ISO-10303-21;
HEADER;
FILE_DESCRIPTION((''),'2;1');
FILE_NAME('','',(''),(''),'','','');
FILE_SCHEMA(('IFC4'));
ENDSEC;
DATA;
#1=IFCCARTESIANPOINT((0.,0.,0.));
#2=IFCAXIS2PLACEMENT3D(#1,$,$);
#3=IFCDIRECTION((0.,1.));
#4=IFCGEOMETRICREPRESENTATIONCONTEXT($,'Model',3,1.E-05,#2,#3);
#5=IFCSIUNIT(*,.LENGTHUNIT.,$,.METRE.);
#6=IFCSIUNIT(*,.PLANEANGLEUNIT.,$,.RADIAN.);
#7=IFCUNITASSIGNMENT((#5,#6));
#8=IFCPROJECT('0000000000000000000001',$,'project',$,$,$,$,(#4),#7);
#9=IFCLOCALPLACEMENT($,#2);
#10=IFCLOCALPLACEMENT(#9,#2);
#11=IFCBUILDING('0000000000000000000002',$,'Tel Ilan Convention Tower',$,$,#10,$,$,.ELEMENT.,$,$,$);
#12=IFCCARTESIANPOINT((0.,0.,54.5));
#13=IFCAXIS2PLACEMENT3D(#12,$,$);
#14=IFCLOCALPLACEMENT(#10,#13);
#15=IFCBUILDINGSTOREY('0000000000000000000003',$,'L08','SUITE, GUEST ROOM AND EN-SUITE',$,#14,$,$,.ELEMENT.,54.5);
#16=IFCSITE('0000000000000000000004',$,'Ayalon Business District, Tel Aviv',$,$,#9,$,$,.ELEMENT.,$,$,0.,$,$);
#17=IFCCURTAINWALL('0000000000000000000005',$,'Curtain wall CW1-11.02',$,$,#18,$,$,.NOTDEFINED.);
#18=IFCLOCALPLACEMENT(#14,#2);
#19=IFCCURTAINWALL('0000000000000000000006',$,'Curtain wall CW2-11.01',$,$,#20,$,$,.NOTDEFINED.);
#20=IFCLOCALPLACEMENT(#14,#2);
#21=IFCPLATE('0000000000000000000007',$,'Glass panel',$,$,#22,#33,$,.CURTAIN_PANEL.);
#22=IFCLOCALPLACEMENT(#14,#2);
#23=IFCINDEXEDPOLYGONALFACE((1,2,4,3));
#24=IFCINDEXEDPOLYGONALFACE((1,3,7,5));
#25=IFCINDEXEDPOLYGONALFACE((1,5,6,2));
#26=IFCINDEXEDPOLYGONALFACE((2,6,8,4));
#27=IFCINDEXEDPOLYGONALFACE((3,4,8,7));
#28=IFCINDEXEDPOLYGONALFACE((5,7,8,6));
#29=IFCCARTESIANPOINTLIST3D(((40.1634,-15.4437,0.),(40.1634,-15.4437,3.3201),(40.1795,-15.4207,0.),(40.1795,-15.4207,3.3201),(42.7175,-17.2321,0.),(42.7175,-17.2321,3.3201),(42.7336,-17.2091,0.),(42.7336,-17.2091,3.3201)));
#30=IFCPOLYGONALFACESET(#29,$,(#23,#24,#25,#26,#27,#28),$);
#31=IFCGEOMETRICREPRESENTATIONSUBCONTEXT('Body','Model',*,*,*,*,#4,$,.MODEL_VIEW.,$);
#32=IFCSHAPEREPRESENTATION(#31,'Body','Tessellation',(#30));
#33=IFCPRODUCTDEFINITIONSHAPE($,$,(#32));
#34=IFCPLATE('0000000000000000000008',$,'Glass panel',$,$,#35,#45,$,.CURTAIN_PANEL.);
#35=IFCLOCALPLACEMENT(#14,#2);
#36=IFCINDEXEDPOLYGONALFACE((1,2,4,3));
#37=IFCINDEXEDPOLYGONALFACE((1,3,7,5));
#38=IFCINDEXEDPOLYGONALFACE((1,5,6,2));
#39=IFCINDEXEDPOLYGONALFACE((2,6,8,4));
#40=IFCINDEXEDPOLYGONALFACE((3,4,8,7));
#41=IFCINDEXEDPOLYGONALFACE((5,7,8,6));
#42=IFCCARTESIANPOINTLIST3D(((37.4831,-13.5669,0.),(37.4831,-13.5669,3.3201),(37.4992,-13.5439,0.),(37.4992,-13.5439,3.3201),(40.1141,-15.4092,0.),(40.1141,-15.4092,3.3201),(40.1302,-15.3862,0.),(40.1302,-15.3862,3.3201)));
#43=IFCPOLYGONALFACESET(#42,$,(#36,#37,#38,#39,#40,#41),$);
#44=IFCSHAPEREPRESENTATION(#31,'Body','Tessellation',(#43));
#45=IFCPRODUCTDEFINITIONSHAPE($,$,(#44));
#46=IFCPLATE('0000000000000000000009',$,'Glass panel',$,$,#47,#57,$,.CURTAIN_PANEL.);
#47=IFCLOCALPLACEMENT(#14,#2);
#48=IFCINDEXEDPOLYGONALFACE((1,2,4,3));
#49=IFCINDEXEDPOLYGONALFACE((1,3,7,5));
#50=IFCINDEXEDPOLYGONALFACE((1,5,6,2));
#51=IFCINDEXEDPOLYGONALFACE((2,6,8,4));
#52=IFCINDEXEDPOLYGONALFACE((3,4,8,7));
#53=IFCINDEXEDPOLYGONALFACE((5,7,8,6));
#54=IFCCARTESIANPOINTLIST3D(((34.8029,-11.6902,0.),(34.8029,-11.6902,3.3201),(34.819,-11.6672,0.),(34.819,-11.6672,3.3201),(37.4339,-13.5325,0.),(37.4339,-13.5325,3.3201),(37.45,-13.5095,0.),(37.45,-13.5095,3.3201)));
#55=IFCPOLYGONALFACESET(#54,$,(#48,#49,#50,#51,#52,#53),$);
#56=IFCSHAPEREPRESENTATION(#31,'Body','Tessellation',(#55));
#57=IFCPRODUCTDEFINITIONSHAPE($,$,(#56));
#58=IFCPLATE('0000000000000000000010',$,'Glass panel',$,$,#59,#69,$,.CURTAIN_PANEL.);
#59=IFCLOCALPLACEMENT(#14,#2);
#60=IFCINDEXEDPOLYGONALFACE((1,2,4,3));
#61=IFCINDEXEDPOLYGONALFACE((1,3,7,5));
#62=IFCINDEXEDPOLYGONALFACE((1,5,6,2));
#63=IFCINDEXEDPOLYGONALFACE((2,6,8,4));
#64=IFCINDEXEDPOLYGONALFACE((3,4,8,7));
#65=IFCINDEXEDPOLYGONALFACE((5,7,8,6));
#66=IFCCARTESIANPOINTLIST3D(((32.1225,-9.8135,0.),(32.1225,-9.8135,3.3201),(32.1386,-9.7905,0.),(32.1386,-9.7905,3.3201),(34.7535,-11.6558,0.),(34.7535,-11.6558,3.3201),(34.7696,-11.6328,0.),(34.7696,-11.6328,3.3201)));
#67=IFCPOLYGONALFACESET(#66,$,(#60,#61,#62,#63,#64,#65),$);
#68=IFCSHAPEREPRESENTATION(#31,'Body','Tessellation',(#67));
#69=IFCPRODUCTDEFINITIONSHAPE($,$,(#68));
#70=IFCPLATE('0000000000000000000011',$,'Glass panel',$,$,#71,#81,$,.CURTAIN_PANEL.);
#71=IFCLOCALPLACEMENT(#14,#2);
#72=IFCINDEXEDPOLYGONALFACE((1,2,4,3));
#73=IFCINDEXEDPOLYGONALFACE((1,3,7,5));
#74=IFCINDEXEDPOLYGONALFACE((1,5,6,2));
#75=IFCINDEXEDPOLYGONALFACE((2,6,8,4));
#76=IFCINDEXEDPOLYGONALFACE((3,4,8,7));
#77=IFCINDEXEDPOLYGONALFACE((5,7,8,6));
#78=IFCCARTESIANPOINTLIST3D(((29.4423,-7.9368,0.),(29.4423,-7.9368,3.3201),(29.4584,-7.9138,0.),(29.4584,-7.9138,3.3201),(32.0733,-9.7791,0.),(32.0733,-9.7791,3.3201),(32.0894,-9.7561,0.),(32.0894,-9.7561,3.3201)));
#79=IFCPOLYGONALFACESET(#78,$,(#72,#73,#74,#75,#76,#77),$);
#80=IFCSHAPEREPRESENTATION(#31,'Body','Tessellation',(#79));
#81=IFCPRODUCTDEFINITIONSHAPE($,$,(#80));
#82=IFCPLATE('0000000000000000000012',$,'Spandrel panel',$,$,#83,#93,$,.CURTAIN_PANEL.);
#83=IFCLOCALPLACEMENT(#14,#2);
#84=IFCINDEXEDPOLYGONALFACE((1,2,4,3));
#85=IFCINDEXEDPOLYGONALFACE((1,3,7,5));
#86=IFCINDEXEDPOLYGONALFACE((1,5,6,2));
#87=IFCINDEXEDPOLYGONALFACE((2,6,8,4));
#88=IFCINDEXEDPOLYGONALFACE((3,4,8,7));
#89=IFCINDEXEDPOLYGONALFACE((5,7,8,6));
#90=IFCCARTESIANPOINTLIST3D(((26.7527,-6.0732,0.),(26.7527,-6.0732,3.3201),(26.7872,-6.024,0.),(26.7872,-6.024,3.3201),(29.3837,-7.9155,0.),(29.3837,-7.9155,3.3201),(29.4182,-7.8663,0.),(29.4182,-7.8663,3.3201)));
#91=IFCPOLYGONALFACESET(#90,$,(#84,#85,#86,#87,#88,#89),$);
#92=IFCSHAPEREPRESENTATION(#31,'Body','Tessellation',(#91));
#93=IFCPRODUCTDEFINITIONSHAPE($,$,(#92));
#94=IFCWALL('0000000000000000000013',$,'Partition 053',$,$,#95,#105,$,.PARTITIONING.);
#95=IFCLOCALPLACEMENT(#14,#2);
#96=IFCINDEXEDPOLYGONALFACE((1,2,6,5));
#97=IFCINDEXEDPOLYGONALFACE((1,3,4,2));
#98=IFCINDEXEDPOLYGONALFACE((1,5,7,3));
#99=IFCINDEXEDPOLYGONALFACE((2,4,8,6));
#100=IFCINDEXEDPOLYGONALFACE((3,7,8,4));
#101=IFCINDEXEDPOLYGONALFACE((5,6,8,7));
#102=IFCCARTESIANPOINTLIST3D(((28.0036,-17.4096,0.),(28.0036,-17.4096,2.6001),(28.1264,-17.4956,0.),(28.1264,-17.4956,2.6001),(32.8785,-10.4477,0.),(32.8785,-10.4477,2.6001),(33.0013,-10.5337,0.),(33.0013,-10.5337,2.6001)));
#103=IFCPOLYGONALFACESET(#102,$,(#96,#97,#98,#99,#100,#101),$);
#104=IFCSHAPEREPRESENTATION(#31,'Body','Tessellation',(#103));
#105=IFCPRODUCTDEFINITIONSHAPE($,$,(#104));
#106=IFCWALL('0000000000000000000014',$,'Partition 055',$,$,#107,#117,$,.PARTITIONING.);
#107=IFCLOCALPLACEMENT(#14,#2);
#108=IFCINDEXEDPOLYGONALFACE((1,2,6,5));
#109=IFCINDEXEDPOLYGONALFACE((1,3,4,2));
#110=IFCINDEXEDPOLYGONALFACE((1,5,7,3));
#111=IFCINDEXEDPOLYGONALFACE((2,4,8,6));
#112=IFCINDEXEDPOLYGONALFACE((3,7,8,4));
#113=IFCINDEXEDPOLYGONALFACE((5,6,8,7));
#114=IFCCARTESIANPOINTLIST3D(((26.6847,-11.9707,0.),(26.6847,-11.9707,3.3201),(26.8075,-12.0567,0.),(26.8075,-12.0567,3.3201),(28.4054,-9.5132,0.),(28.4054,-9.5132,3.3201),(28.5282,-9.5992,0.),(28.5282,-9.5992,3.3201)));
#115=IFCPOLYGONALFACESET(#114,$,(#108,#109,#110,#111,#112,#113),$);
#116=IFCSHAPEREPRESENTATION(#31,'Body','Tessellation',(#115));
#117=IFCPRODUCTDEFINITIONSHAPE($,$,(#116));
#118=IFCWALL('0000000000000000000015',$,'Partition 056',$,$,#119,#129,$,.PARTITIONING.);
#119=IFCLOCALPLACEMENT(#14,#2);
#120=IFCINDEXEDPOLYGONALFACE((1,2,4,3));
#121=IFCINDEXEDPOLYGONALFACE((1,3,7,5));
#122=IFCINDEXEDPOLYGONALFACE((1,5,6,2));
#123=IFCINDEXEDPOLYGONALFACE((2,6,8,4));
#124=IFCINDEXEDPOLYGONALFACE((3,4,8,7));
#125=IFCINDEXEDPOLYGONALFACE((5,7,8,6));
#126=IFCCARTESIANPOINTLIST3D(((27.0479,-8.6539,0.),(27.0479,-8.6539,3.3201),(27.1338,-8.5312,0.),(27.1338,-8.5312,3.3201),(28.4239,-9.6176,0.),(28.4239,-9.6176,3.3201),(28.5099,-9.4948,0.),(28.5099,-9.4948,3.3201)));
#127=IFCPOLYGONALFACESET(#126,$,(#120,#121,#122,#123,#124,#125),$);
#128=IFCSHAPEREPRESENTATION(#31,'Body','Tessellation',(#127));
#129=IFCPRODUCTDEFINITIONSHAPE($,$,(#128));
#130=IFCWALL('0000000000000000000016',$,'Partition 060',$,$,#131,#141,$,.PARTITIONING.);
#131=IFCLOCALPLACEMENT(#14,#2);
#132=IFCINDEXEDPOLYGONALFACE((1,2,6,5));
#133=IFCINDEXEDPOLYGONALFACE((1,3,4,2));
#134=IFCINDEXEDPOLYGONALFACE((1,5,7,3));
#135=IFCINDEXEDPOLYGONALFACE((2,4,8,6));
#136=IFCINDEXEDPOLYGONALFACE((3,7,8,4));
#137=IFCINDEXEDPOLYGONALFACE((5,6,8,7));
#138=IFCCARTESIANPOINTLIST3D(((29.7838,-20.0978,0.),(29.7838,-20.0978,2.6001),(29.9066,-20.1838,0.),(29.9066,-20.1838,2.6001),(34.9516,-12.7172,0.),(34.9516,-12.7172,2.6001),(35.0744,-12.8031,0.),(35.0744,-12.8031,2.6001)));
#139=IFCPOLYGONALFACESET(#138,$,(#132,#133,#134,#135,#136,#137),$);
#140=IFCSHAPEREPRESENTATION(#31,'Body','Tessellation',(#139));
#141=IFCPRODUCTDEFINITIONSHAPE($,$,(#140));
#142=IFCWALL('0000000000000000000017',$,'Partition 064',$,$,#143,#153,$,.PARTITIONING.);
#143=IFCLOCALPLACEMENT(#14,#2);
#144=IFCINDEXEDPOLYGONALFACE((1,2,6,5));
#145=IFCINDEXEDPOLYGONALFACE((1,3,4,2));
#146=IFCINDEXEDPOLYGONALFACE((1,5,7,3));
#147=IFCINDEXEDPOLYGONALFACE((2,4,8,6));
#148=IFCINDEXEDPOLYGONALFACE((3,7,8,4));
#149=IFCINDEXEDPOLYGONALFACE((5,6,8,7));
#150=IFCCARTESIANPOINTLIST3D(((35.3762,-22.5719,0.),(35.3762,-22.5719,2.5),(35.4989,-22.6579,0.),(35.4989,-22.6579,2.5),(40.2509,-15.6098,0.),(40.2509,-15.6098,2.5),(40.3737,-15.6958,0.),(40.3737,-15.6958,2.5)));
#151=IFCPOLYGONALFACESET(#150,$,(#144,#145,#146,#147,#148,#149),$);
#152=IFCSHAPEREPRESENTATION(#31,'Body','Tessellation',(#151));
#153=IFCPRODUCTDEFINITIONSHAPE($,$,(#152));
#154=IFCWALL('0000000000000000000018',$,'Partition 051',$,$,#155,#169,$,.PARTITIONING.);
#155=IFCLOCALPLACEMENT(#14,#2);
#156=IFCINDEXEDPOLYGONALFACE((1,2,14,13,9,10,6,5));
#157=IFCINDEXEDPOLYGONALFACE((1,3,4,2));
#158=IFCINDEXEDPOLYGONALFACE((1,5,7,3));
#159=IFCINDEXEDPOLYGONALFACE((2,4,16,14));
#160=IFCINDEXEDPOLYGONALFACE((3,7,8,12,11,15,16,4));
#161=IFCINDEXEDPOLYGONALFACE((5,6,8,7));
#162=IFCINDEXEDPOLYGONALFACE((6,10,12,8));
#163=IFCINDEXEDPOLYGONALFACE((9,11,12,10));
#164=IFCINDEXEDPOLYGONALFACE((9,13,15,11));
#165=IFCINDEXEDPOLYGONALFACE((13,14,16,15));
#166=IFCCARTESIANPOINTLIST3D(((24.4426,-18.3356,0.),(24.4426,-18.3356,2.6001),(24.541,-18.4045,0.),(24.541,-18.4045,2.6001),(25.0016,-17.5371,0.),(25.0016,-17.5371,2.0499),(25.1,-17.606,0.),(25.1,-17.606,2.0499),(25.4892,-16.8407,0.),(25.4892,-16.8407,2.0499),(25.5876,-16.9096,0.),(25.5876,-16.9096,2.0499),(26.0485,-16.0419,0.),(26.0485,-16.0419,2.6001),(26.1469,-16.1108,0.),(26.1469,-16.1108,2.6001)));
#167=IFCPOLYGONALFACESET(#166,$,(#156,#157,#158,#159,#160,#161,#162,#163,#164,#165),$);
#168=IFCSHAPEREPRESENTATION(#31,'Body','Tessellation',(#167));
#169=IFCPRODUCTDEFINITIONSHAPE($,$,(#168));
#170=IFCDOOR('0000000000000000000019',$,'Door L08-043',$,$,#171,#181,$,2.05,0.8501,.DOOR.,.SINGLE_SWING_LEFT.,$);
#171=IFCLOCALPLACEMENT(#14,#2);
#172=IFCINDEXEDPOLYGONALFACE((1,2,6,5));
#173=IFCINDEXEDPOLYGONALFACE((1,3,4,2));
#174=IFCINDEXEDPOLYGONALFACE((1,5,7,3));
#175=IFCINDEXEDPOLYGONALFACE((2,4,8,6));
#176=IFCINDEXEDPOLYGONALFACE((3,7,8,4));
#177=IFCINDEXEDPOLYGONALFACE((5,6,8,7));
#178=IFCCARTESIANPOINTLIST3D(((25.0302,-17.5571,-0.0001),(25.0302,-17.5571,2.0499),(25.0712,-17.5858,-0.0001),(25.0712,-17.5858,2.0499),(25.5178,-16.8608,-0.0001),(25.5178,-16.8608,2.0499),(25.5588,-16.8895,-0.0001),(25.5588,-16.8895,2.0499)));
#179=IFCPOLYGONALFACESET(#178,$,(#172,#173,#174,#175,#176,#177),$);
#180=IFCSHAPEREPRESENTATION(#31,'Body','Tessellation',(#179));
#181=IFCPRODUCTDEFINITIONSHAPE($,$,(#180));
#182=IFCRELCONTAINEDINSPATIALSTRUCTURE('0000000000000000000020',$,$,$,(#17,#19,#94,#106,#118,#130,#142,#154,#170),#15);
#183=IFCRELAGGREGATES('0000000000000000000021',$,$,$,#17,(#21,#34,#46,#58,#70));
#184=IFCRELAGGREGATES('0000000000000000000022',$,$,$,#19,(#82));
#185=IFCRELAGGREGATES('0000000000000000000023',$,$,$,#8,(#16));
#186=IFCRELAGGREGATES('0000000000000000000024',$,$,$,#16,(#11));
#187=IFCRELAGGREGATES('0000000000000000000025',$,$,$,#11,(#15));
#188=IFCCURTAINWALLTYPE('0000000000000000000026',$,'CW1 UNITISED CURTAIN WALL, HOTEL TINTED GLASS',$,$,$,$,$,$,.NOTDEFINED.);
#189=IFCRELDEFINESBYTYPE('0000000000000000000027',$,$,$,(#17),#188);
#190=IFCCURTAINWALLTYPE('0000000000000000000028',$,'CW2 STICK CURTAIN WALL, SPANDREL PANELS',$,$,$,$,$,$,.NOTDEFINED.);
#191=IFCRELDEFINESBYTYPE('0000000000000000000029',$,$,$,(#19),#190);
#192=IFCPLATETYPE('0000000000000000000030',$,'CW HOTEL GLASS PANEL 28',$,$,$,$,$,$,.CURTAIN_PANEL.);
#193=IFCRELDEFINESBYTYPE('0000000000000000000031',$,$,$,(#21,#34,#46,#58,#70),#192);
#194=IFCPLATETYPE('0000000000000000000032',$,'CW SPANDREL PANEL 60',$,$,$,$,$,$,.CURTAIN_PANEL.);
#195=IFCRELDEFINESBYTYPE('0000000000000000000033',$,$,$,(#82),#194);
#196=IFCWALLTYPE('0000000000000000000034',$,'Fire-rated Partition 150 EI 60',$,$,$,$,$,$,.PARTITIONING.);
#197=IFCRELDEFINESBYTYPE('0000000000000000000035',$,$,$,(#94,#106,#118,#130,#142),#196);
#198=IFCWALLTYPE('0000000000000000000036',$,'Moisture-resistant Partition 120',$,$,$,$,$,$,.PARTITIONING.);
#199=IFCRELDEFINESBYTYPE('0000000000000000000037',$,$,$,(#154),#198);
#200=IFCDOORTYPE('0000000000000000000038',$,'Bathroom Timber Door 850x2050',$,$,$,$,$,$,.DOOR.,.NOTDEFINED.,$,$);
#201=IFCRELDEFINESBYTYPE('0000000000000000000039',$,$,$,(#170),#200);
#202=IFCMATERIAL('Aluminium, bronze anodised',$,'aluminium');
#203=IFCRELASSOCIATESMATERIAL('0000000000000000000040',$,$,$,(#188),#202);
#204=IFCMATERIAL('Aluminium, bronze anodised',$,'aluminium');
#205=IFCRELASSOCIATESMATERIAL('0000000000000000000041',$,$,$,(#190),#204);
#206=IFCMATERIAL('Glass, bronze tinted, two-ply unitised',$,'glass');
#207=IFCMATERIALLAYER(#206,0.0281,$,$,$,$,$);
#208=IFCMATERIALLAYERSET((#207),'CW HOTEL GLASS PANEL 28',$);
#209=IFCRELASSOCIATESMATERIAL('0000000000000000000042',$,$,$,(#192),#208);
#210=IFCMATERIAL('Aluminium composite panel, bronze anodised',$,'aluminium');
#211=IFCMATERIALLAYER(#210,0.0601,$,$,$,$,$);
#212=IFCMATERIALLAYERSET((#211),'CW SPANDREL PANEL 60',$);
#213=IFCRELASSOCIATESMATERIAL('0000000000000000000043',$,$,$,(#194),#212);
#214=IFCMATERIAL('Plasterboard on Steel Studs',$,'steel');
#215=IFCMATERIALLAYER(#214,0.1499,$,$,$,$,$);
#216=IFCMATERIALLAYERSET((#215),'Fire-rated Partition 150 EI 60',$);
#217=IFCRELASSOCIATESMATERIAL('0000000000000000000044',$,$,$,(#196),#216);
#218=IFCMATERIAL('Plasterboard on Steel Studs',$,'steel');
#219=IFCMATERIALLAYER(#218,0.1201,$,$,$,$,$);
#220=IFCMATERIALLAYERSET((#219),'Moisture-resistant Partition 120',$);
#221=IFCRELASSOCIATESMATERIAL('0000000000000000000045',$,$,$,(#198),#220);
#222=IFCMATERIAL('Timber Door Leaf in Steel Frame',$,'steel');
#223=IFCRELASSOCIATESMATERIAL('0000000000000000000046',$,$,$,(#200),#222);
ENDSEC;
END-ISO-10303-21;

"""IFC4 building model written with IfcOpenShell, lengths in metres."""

from ifc_helpers import new_model, si_unit, direction, frame, frame_2d, origin, origin_2d, place, context, subcontext, project, spatial, rectangle, extrude, material, layer, layer_set, type_object, element, fill, aggregate, save


model = new_model("IFC4")

# Units and contexts
model_context = context("Model", 3, precision=1e-05, world=origin(), true_north=direction((0.0, 1.0)))
body_context = subcontext(model_context, "Body", "Model", "MODEL_VIEW")
ifc_project = project(units=[si_unit("LENGTHUNIT", "METRE"), si_unit("PLANEANGLEUNIT", "RADIAN")], contexts=[model_context])

# Site, building, storey
site_placement = place(None, origin())
site = spatial("IfcSite", under=ifc_project, at=site_placement, Name="Ayalon Business District, Tel Aviv", CompositionType="ELEMENT", RefElevation=0.0)
building_placement = place(site_placement, origin())
building = spatial("IfcBuilding", under=site, at=building_placement, Name="Tel Ilan Convention Tower", CompositionType="ELEMENT")
storey_placement = place(building_placement, frame((0.0, 0.0, 54.5)))
storey = spatial("IfcBuildingStorey", under=building, at=storey_placement, Name="L08", Description="SUITE, GUEST ROOM AND EN-SUITE", CompositionType="ELEMENT", Elevation=54.5)

# Curtain wall
ifc_material_1 = material(Name="Aluminium, bronze anodised", Category="aluminium")
curtain_wall_type_1 = type_object("IfcCurtainWallType", Name="CW1 UNITISED CURTAIN WALL, HOTEL TINTED GLASS", PredefinedType="NOTDEFINED", material=ifc_material_1)
curtain_wall_1_placement = place(storey_placement, origin())
curtain_wall_1 = element("IfcCurtainWall", 1, at=curtain_wall_1_placement, inside=storey, type_object=curtain_wall_type_1, Name="Curtain wall CW1-11.02", PredefinedType="NOTDEFINED")

# Curtain wall
ifc_material_2 = material(Name="Aluminium, bronze anodised", Category="aluminium")
curtain_wall_type_2 = type_object("IfcCurtainWallType", Name="CW2 STICK CURTAIN WALL, SPANDREL PANELS", PredefinedType="NOTDEFINED", material=ifc_material_2)
curtain_wall_2_placement = place(storey_placement, origin())
curtain_wall_2 = element("IfcCurtainWall", 2, at=curtain_wall_2_placement, inside=storey, type_object=curtain_wall_type_2, Name="Curtain wall CW2-11.01", PredefinedType="NOTDEFINED")

# Plates
ifc_material_3 = material(Name="Glass, bronze tinted, two-ply unitised", Category="glass")
ifc_layer_1 = layer(ifc_material_3, 0.0281)
ifc_layer_set_1 = layer_set([ifc_layer_1], Name="CW HOTEL GLASS PANEL 28")
plate_type_1 = type_object("IfcPlateType", Name="CW HOTEL GLASS PANEL 28", PredefinedType="CURTAIN_PANEL", material=ifc_layer_set_1)
plate_1_placement = place(storey_placement, frame((41.4485, -16.3264, 0.0), z_axis=(0.0, 0.0, 1.0), x_axis=(-0.819152, 0.573576, 0.0)))
plate_1 = element("IfcPlate", 3, at=plate_1_placement, type_object=plate_type_1, Name="Glass panel", PredefinedType="CURTAIN_PANEL", context=body_context, shape_type="SweptSolid", body=[
    extrude(rectangle(XDim=3.1179, YDim=0.0281, at=origin_2d()), origin(), (0.0, 0.0, 1.0), 3.3201),
])
plate_2_placement = place(storey_placement, frame((38.8066, -14.4766, 0.0), z_axis=(0.0, 0.0, 1.0), x_axis=(-0.819152, 0.573576, 0.0)))
plate_2 = element("IfcPlate", 4, at=plate_2_placement, type_object=plate_type_1, Name="Glass panel", PredefinedType="CURTAIN_PANEL", context=body_context, shape_type="SweptSolid", body=[
    extrude(rectangle(XDim=3.2119, YDim=0.0281, at=origin_2d()), origin(), (0.0, 0.0, 1.0), 3.3201),
])
plate_3_placement = place(storey_placement, frame((36.1265, -12.5999, 0.0), z_axis=(0.0, 0.0, 1.0), x_axis=(-0.819152, 0.573576, 0.0)))
plate_3 = element("IfcPlate", 5, at=plate_3_placement, type_object=plate_type_1, Name="Glass panel", PredefinedType="CURTAIN_PANEL", context=body_context, shape_type="SweptSolid", body=[
    extrude(rectangle(XDim=3.2119, YDim=0.0281, at=origin_2d()), origin(), (0.0, 0.0, 1.0), 3.3201),
])
plate_4_placement = place(storey_placement, frame((33.446, -10.7231, 0.0), z_axis=(0.0, 0.0, 1.0), x_axis=(-0.819152, 0.573576, 0.0)))
plate_4 = element("IfcPlate", 6, at=plate_4_placement, type_object=plate_type_1, Name="Glass panel", PredefinedType="CURTAIN_PANEL", context=body_context, shape_type="SweptSolid", body=[
    extrude(rectangle(XDim=3.2119, YDim=0.0281, at=origin_2d()), origin(), (0.0, 0.0, 1.0), 3.3201),
])
plate_5_placement = place(storey_placement, frame((30.7659, -8.8464, 0.0), z_axis=(0.0, 0.0, 1.0), x_axis=(-0.819152, 0.573576, 0.0)))
plate_5 = element("IfcPlate", 7, at=plate_5_placement, type_object=plate_type_1, Name="Glass panel", PredefinedType="CURTAIN_PANEL", context=body_context, shape_type="SweptSolid", body=[
    extrude(rectangle(XDim=3.2119, YDim=0.0281, at=origin_2d()), origin(), (0.0, 0.0, 1.0), 3.3201),
])
aggregate(curtain_wall_1, [plate_1, plate_2, plate_3, plate_4, plate_5])
ifc_material_4 = material(Name="Aluminium composite panel, bronze anodised", Category="aluminium")
ifc_layer_2 = layer(ifc_material_4, 0.0601)
ifc_layer_set_2 = layer_set([ifc_layer_2], Name="CW SPANDREL PANEL 60")
plate_type_2 = type_object("IfcPlateType", Name="CW SPANDREL PANEL 60", PredefinedType="CURTAIN_PANEL", material=ifc_layer_set_2)
plate_6_placement = place(storey_placement, frame((28.0854, -6.9697, 0.0), z_axis=(0.0, 0.0, 1.0), x_axis=(-0.819152, 0.573576, 0.0)))
plate_6 = element("IfcPlate", 8, at=plate_6_placement, type_object=plate_type_2, Name="Spandrel panel", PredefinedType="CURTAIN_PANEL", context=body_context, shape_type="SweptSolid", body=[
    extrude(rectangle(XDim=3.2119, YDim=0.0601, at=origin_2d()), origin(), (0.0, 0.0, 1.0), 3.3201),
])
aggregate(curtain_wall_2, [plate_6])

# Walls
ifc_material_5 = material(Name="Plasterboard on Steel Studs", Category="steel")
ifc_layer_3 = layer(ifc_material_5, 0.1499)
ifc_layer_set_3 = layer_set([ifc_layer_3], Name="Fire-rated Partition 150 EI 60")
wall_type_1 = type_object("IfcWallType", Name="Fire-rated Partition 150 EI 60", PredefinedType="PARTITIONING", material=ifc_layer_set_3)
wall_1_placement = place(storey_placement, frame((32.9399, -10.4907, 0.0), z_axis=(0.0, 0.0, 1.0), x_axis=(-0.573593, -0.81914, 0.0)))
element("IfcWall", 9, at=wall_1_placement, inside=storey, type_object=wall_type_1, Name="Partition 053", PredefinedType="PARTITIONING", context=body_context, shape_type="SweptSolid", body=[
    extrude(rectangle(XDim=8.499, YDim=0.1499, at=frame_2d((4.2495, 0.0))), origin(), (0.0, 0.0, 1.0), 2.6001),
])
wall_2_placement = place(storey_placement, frame((26.7461, -12.0137, 0.0), z_axis=(0.0, 0.0, 1.0), x_axis=(0.573561, 0.819163, 0.0)))
element("IfcWall", 10, at=wall_2_placement, inside=storey, type_object=wall_type_1, Name="Partition 055", PredefinedType="PARTITIONING", context=body_context, shape_type="SweptSolid", body=[
    extrude(rectangle(XDim=3.0, YDim=0.1499, at=frame_2d((1.5, 0.0))), origin(), (0.0, 0.0, 1.0), 3.3201),
])
wall_3_placement = place(storey_placement, frame((28.4668, -9.5562, 0.0), z_axis=(0.0, 0.0, 1.0), x_axis=(-0.819109, 0.573638, 0.0)))
element("IfcWall", 11, at=wall_3_placement, inside=storey, type_object=wall_type_1, Name="Partition 056", PredefinedType="PARTITIONING", context=body_context, shape_type="SweptSolid", body=[
    extrude(rectangle(XDim=1.6799, YDim=0.1499, at=frame_2d((0.8398, 0.0))), origin(), (0.0, 0.0, 1.0), 3.3201),
])
wall_4_placement = place(storey_placement, frame((35.0129, -12.7603, 0.0), z_axis=(0.0, 0.0, 1.0), x_axis=(-0.573559, -0.819164, 0.0)))
element("IfcWall", 12, at=wall_4_placement, inside=storey, type_object=wall_type_1, Name="Partition 060", PredefinedType="PARTITIONING", context=body_context, shape_type="SweptSolid", body=[
    extrude(rectangle(XDim=9.01, YDim=0.1499, at=frame_2d((4.5049, 0.0))), origin(), (0.0, 0.0, 1.0), 2.6001),
])
wall_5_placement = place(storey_placement, frame((40.3123, -15.6528, 0.0), z_axis=(0.0, 0.0, 1.0), x_axis=(-0.573561, -0.819163, 0.0)))
element("IfcWall", 13, at=wall_5_placement, inside=storey, type_object=wall_type_1, Name="Partition 064", PredefinedType="PARTITIONING", context=body_context, shape_type="SweptSolid", body=[
    extrude(rectangle(XDim=8.499, YDim=0.1499, at=frame_2d((4.2495, 0.0))), origin(), (0.0, 0.0, 1.0), 2.5),
])

# Wall, opening, door
ifc_material_6 = material(Name="Plasterboard on Steel Studs", Category="steel")
ifc_layer_4 = layer(ifc_material_6, 0.1201)
ifc_layer_set_4 = layer_set([ifc_layer_4], Name="Moisture-resistant Partition 120")
wall_type_2 = type_object("IfcWallType", Name="Moisture-resistant Partition 120", PredefinedType="PARTITIONING", material=ifc_layer_set_4)
wall_6_placement = place(storey_placement, frame((26.0977, -16.0764, 0.0), z_axis=(0.0, 0.0, 1.0), x_axis=(-0.57355, -0.81917, 0.0)))
wall_6 = element("IfcWall", 14, at=wall_6_placement, inside=storey, type_object=wall_type_2, Name="Partition 051", PredefinedType="PARTITIONING", context=body_context, shape_type="SweptSolid", body=[
    extrude(rectangle(XDim=2.8, YDim=0.1201, at=frame_2d((1.3999, 0.0))), origin(), (0.0, 0.0, 1.0), 2.6001),
])
opening_placement = place(wall_6_placement, frame((0.9751, 0.0, 0.0)))
opening = element("IfcOpeningElement", 15, at=opening_placement, cuts=wall_6, PredefinedType="OPENING", context=body_context, shape_type="SweptSolid", body=[
    extrude(rectangle(XDim=0.8501, YDim=2.05, at=frame_2d((0.425, 1.0249))), frame((0.0, 0.0701, 0.0), z_axis=(0.0, -1.0, 0.0), x_axis=(1.0, 0.0, 0.0)), (0.0, 0.0, 1.0), 0.1401),
])
ifc_material_7 = material(Name="Timber Door Leaf in Steel Frame", Category="steel")
door_type = type_object("IfcDoorType", Name="Bathroom Timber Door 850x2050", OperationType="NOTDEFINED", PredefinedType="DOOR", material=ifc_material_7)
door_placement = place(opening_placement, origin())
door = element("IfcDoor", 16, at=door_placement, inside=storey, type_object=door_type, Name="Door L08-043", OperationType="SINGLE_SWING_LEFT", OverallHeight=2.05, OverallWidth=0.8501, PredefinedType="DOOR", context=body_context, shape_type="SweptSolid", body=[
    extrude(rectangle(XDim=0.8501, YDim=2.05, at=frame_2d((0.425, 1.0249))), frame((0.0, 0.0249, 0.0), z_axis=(0.0, -1.0, 0.0), x_axis=(1.0, 0.0, 0.0)), (0.0, 0.0, 1.0), 0.05),
])
fill(opening, door)

save(model, "model.ifc")
